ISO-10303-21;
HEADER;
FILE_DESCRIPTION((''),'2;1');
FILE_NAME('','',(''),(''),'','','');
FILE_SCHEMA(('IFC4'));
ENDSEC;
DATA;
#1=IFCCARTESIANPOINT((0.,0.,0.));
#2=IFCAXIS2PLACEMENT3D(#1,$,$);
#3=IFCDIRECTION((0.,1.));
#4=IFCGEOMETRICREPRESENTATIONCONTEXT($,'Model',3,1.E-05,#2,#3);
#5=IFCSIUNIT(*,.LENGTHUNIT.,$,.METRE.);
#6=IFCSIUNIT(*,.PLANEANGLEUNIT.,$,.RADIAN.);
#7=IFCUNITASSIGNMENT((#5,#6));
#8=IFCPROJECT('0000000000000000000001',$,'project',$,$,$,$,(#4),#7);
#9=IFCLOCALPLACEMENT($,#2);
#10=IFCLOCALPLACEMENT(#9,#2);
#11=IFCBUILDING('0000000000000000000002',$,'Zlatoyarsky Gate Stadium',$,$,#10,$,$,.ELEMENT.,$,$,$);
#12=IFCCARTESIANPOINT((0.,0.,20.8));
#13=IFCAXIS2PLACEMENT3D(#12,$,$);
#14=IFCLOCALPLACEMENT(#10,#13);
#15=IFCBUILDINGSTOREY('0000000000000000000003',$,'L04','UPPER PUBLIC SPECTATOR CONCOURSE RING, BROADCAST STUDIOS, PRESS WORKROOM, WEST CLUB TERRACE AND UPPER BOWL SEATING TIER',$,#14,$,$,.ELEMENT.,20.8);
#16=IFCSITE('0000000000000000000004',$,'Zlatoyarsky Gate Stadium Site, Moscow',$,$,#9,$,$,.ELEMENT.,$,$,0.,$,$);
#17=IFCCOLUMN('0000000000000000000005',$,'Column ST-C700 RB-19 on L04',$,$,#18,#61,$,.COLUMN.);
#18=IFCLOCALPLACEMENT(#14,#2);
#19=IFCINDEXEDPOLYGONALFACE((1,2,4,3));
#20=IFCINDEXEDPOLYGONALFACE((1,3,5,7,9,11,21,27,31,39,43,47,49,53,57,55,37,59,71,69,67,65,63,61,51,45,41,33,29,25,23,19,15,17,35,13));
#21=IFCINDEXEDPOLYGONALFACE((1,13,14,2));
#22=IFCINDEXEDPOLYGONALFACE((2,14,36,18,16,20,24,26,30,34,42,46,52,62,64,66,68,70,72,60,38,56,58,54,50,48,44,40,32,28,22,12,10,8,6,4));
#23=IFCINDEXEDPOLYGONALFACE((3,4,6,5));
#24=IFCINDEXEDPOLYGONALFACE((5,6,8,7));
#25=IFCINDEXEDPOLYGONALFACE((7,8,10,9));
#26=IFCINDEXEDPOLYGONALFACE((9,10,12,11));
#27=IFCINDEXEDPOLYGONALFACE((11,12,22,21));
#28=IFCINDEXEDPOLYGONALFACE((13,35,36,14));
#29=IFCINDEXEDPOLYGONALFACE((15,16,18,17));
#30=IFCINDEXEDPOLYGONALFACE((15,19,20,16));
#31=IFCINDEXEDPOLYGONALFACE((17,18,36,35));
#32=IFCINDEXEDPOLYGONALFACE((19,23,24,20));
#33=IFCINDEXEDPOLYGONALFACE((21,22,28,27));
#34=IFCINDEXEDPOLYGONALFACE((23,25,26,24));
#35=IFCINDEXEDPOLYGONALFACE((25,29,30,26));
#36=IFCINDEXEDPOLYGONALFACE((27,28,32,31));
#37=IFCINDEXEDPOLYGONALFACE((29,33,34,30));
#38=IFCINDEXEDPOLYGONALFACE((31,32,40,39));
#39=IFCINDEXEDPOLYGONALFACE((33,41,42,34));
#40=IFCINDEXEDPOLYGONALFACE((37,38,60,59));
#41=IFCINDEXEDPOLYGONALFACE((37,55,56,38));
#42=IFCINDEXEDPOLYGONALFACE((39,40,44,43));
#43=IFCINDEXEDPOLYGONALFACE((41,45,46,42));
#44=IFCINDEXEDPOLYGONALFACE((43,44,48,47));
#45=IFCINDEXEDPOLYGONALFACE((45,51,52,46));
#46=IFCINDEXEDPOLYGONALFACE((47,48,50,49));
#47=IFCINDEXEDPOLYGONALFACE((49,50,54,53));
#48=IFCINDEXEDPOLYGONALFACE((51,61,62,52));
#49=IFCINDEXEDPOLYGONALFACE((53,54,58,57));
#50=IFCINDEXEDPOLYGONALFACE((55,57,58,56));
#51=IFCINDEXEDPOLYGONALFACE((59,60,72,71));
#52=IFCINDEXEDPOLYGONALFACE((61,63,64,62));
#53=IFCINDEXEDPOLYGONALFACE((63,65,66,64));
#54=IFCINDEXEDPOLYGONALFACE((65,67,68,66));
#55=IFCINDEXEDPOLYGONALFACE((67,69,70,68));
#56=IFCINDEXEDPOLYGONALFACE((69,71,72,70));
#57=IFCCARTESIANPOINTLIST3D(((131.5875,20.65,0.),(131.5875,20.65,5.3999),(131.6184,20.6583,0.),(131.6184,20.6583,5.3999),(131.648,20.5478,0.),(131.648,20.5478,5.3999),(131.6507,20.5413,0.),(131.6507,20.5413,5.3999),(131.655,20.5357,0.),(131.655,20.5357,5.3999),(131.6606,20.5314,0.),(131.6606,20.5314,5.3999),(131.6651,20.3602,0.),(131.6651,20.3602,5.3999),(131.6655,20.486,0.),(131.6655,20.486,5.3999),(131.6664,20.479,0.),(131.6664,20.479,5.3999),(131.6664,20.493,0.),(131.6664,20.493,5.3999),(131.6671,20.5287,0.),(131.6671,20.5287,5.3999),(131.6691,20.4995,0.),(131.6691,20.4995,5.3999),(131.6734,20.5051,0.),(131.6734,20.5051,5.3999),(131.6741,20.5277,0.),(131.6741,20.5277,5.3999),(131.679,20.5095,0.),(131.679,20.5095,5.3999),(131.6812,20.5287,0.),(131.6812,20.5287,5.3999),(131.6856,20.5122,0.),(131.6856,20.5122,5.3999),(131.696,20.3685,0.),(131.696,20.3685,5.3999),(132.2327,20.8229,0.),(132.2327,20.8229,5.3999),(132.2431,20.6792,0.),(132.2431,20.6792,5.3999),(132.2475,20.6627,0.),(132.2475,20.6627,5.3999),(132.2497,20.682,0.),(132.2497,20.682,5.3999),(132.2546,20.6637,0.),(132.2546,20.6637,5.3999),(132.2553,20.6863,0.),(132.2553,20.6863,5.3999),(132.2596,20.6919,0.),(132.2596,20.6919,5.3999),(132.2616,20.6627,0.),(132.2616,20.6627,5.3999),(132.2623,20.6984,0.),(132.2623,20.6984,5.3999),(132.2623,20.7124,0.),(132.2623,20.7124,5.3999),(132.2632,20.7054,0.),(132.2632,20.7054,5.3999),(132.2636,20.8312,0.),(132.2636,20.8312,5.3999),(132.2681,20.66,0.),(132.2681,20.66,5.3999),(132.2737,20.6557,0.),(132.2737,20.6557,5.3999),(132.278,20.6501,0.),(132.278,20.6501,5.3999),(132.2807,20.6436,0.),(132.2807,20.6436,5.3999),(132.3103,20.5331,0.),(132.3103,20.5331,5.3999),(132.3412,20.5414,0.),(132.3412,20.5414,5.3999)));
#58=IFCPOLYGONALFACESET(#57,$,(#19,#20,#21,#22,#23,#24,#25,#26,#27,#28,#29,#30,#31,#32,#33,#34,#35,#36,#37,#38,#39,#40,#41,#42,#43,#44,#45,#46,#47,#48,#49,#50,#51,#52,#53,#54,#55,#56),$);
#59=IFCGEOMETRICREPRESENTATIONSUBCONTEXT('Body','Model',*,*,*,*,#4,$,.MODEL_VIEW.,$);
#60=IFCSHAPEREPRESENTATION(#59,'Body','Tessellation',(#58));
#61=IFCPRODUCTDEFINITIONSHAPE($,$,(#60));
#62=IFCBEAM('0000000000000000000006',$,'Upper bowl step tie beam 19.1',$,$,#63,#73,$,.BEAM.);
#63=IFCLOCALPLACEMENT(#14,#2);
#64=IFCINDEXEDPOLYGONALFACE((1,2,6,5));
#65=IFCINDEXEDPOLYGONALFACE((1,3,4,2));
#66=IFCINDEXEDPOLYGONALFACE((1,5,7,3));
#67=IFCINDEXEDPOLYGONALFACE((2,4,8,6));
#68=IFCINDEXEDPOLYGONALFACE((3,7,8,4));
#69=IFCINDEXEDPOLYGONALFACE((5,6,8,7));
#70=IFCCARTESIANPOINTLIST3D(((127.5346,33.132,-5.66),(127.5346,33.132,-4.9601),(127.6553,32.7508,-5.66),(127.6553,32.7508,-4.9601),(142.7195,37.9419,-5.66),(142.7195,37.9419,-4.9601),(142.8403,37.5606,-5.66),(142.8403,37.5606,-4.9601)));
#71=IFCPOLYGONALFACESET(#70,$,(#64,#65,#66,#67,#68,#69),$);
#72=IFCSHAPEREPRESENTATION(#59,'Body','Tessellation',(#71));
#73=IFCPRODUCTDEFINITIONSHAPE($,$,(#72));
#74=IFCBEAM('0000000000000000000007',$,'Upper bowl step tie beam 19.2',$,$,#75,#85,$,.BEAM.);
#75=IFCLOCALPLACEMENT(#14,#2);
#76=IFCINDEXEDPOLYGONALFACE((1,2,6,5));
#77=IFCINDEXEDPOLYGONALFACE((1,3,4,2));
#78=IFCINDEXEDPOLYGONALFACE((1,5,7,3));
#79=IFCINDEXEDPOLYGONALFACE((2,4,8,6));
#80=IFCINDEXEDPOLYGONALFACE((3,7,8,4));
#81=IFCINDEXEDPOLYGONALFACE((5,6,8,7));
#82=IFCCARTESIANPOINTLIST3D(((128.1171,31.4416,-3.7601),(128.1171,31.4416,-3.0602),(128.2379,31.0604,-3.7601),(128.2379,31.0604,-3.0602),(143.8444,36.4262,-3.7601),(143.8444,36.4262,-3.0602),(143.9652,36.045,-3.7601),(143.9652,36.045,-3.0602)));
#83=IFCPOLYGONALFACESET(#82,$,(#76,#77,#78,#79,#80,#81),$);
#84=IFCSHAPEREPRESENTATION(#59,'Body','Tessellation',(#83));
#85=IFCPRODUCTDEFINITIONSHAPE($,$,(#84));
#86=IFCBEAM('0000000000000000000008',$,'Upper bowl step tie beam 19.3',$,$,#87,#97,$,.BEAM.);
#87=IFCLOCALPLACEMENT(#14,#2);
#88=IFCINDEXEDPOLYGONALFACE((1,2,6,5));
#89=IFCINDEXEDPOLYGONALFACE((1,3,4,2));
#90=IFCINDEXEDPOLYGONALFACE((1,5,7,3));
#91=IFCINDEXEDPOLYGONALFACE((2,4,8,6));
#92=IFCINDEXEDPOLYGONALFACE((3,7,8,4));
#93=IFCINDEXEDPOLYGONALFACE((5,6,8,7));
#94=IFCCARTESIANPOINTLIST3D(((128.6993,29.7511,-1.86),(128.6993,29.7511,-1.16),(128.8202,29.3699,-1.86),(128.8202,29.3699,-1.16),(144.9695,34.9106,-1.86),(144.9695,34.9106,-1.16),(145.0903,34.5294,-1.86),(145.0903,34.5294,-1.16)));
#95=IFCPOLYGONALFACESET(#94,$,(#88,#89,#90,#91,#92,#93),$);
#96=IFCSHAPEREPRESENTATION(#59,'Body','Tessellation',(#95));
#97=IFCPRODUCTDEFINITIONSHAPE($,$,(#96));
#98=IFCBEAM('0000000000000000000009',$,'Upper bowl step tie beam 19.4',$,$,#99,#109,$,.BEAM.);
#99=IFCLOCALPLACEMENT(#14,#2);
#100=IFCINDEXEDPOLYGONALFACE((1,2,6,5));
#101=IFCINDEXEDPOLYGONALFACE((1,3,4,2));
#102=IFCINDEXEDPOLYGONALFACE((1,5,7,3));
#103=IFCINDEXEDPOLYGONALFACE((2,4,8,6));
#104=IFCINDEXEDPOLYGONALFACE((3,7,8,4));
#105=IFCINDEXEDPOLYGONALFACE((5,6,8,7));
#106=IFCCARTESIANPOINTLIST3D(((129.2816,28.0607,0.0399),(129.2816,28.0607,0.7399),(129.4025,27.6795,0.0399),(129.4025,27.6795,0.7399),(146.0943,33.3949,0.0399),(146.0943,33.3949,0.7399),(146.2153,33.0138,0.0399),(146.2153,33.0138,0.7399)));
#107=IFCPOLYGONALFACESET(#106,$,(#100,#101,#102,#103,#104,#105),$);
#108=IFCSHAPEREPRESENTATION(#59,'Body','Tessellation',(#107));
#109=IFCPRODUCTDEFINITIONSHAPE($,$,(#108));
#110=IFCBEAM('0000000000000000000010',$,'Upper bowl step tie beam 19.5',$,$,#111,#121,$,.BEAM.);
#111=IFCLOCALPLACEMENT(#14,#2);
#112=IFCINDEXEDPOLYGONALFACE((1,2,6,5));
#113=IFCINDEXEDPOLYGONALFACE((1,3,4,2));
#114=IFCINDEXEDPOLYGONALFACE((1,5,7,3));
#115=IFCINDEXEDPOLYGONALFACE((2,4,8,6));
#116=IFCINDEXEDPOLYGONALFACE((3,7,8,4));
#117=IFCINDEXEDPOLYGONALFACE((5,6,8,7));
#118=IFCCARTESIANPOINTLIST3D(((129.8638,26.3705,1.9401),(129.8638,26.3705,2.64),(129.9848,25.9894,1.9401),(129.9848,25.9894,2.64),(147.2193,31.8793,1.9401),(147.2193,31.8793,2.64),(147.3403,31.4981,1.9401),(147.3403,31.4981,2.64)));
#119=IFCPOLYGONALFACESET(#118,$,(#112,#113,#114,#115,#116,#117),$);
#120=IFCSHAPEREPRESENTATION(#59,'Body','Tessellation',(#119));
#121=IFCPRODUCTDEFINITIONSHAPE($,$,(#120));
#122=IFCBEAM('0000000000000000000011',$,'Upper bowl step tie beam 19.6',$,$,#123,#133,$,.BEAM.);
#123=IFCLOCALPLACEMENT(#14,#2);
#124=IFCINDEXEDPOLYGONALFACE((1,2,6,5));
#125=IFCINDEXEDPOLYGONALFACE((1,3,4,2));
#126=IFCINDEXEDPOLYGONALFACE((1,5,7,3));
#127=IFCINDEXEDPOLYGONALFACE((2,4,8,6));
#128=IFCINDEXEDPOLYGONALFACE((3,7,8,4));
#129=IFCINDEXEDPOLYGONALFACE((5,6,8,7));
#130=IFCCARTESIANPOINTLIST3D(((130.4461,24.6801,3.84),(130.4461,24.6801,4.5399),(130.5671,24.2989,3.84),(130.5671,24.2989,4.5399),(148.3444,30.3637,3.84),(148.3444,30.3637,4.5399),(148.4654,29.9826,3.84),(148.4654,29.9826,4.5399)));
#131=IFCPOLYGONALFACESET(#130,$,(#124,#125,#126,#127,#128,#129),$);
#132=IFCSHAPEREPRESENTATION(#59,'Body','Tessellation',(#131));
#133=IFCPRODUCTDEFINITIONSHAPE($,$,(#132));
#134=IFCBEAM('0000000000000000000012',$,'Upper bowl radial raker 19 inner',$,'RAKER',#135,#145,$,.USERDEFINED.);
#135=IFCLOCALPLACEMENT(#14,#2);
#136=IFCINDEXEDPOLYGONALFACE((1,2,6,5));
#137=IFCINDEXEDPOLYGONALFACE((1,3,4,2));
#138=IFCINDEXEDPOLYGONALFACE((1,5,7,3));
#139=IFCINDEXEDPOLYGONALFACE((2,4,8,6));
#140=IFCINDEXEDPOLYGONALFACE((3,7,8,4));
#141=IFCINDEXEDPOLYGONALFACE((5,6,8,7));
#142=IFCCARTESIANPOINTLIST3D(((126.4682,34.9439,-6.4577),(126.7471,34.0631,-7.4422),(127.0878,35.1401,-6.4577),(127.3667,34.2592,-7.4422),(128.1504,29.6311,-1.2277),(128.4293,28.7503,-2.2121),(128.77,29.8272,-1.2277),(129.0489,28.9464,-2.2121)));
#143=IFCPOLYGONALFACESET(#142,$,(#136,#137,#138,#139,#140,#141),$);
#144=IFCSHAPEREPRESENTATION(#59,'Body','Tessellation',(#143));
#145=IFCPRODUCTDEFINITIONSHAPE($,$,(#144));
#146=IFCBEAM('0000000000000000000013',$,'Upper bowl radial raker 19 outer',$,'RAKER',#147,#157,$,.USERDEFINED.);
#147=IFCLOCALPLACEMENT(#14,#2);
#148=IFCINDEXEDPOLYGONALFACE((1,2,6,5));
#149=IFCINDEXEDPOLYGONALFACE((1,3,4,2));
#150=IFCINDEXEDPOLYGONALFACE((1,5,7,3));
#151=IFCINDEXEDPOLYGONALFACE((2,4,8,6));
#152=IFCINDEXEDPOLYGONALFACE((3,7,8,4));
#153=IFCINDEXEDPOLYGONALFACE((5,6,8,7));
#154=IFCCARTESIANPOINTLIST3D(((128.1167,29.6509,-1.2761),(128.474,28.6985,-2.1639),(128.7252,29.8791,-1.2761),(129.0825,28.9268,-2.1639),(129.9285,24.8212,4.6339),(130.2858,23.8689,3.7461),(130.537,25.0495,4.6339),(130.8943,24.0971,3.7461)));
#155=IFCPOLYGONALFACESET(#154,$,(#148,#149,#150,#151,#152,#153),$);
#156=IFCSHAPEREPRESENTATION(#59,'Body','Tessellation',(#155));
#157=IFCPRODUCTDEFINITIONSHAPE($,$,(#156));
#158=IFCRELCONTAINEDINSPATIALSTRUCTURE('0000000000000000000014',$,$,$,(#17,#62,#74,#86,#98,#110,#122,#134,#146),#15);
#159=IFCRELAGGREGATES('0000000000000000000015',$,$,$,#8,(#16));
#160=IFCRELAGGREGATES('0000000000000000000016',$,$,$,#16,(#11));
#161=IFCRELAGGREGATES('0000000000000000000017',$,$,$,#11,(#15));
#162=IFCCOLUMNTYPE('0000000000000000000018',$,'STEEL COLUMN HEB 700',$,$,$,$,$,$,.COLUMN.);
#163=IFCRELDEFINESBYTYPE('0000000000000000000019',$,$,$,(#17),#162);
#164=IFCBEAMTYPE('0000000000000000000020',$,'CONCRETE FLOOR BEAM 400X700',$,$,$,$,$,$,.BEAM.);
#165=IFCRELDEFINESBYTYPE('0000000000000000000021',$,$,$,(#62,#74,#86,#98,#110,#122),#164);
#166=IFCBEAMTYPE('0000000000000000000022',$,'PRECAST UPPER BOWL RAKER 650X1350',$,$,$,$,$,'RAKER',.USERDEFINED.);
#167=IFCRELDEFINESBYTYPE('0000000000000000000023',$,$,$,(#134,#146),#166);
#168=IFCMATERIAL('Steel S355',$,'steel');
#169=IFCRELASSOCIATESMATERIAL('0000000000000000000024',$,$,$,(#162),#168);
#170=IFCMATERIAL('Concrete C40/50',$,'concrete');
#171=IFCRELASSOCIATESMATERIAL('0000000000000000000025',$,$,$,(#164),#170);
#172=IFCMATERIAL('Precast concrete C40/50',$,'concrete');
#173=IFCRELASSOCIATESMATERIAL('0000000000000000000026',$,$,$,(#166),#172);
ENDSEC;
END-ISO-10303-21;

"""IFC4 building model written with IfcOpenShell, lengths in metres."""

from ifc_helpers import new_model, si_unit, direction, frame, origin, origin_2d, place, context, subcontext, project, spatial, rectangle, i_section, extrude, material, material_profile, profile_set, type_object, element, save


model = new_model("IFC4")

# Units and contexts
model_context = context("Model", 3, precision=1e-05, world=origin(), true_north=direction((0.0, 1.0)))
body_context = subcontext(model_context, "Body", "Model", "MODEL_VIEW")
ifc_project = project(units=[si_unit("LENGTHUNIT", "METRE"), si_unit("PLANEANGLEUNIT", "RADIAN")], contexts=[model_context])

# Site, building, storey
site_placement = place(None, origin())
site = spatial("IfcSite", under=ifc_project, at=site_placement, Name="Zlatoyarsky Gate Stadium Site, Moscow", CompositionType="ELEMENT", RefElevation=0.0)
building_placement = place(site_placement, origin())
building = spatial("IfcBuilding", under=site, at=building_placement, Name="Zlatoyarsky Gate Stadium", CompositionType="ELEMENT")
storey_placement = place(building_placement, frame((0.0, 0.0, 20.8)))
storey = spatial("IfcBuildingStorey", under=building, at=storey_placement, Name="L04", Description="UPPER PUBLIC SPECTATOR CONCOURSE RING, BROADCAST STUDIOS, PRESS WORKROOM, WEST CLUB TERRACE AND UPPER BOWL SEATING TIER", CompositionType="ELEMENT", Elevation=20.8)

# Column
ifc_material_1 = material(Name="Steel S355", Category="steel")
ifc_material_profile_1 = material_profile(ifc_material_1, i_section(OverallWidth=0.3, OverallDepth=0.7, WebThickness=0.0171, FlangeThickness=0.032, FilletRadius=0.0271, at=origin_2d()), Name="HEB 700")
ifc_profile_set_1 = profile_set([ifc_material_profile_1], Name="Steel S355")
column_type = type_object("IfcColumnType", Name="STEEL COLUMN HEB 700", PredefinedType="COLUMN", material=ifc_profile_set_1)
column_placement = place(storey_placement, frame((131.9644, 20.5957, 0.0), z_axis=(0.0, 0.0, 1.0), x_axis=(0.258819, -0.965926, 0.0)))
element("IfcColumn", 1, at=column_placement, inside=storey, type_object=column_type, Name="Column ST-C700 RB-19 on L04", PredefinedType="COLUMN", context=body_context, shape_type="SweptSolid", body=[
    extrude(i_section(OverallWidth=0.3, OverallDepth=0.7, WebThickness=0.0171, FlangeThickness=0.032, FilletRadius=0.0271, at=origin_2d()), origin(), (0.0, 0.0, 1.0), 5.3999),
])

# Beams
ifc_material_2 = material(Name="Concrete C40/50", Category="concrete")
ifc_material_profile_2 = material_profile(ifc_material_2, rectangle(XDim=0.3999, YDim=0.7, at=origin_2d()), Name="RC BEAM 400X700")
ifc_profile_set_2 = profile_set([ifc_material_profile_2], Name="Concrete C40/50")
beam_type_1 = type_object("IfcBeamType", Name="CONCRETE FLOOR BEAM 400X700", PredefinedType="BEAM", material=ifc_profile_set_2)
beam_1_placement = place(storey_placement, frame((127.595, 32.9414, -5.3101), z_axis=(0.953319, 0.301965, 0.0), x_axis=(-0.301965, 0.953319, 0.0)))
element("IfcBeam", 2, at=beam_1_placement, inside=storey, type_object=beam_type_1, Name="Upper bowl step tie beam 19.1", PredefinedType="BEAM", context=body_context, shape_type="SweptSolid", body=[
    extrude(rectangle(XDim=0.3999, YDim=0.7, at=origin_2d()), origin(), (0.0, 0.0, 1.0), 15.9285),
])
beam_2_placement = place(storey_placement, frame((128.1775, 31.251, -3.4102), z_axis=(0.953267, 0.302129, 0.0), x_axis=(-0.302129, 0.953267, 0.0)))
element("IfcBeam", 3, at=beam_2_placement, inside=storey, type_object=beam_type_1, Name="Upper bowl step tie beam 19.2", PredefinedType="BEAM", context=body_context, shape_type="SweptSolid", body=[
    extrude(rectangle(XDim=0.3999, YDim=0.7, at=origin_2d()), origin(), (0.0, 0.0, 1.0), 16.4983),
])
beam_3_placement = place(storey_placement, frame((128.7598, 29.5605, -1.51), z_axis=(0.95322, 0.302278, 0.0), x_axis=(-0.302278, 0.95322, 0.0)))
element("IfcBeam", 4, at=beam_3_placement, inside=storey, type_object=beam_type_1, Name="Upper bowl step tie beam 19.3", PredefinedType="BEAM", context=body_context, shape_type="SweptSolid", body=[
    extrude(rectangle(XDim=0.3999, YDim=0.7, at=origin_2d()), origin(), (0.0, 0.0, 1.0), 17.0686),
])
beam_4_placement = place(storey_placement, frame((129.342, 27.8701, 0.3899), z_axis=(0.953176, 0.302417, 0.0), x_axis=(-0.302417, 0.953176, 0.0)))
element("IfcBeam", 5, at=beam_4_placement, inside=storey, type_object=beam_type_1, Name="Upper bowl step tie beam 19.4", PredefinedType="BEAM", context=body_context, shape_type="SweptSolid", body=[
    extrude(rectangle(XDim=0.3999, YDim=0.7, at=origin_2d()), origin(), (0.0, 0.0, 1.0), 17.6387),
])
beam_5_placement = place(storey_placement, frame((129.9243, 26.1799, 2.29), z_axis=(0.953138, 0.302535, 0.0), x_axis=(-0.302535, 0.953138, 0.0)))
element("IfcBeam", 6, at=beam_5_placement, inside=storey, type_object=beam_type_1, Name="Upper bowl step tie beam 19.5", PredefinedType="BEAM", context=body_context, shape_type="SweptSolid", body=[
    extrude(rectangle(XDim=0.3999, YDim=0.7, at=origin_2d()), origin(), (0.0, 0.0, 1.0), 18.2087),
])
beam_6_placement = place(storey_placement, frame((130.5066, 24.4895, 4.1899), z_axis=(0.953099, 0.302658, 0.0), x_axis=(-0.302658, 0.953099, 0.0)))
element("IfcBeam", 7, at=beam_6_placement, inside=storey, type_object=beam_type_1, Name="Upper bowl step tie beam 19.6", PredefinedType="BEAM", context=body_context, shape_type="SweptSolid", body=[
    extrude(rectangle(XDim=0.3999, YDim=0.7, at=origin_2d()), origin(), (0.0, 0.0, 1.0), 18.7791),
])
ifc_material_3 = material(Name="Precast concrete C40/50", Category="concrete")
ifc_material_profile_3 = material_profile(ifc_material_3, rectangle(XDim=0.6499, YDim=1.3501, at=origin_2d()), Name="PC RAKER 650X1350")
ifc_profile_set_3 = profile_set([ifc_material_profile_3], Name="Precast concrete C40/50")
beam_type_2 = type_object("IfcBeamType", Name="PRECAST UPPER BOWL RAKER 650X1350", ElementType="RAKER", PredefinedType="USERDEFINED", material=ifc_profile_set_3)
beam_7_placement = place(storey_placement, frame((126.9175, 34.6016, -6.95), z_axis=(0.220102, -0.69516, 0.68433), x_axis=(0.953355, 0.301853, 0.0)))
element("IfcBeam", 8, at=beam_7_placement, inside=storey, type_object=beam_type_2, Name="Upper bowl radial raker 19 inner", ObjectType="RAKER", PredefinedType="USERDEFINED", context=body_context, shape_type="SweptSolid", body=[
    extrude(rectangle(XDim=0.6499, YDim=1.3501, at=origin_2d()), origin(), (0.0, 0.0, 1.0), 7.6426),
])
beam_8_placement = place(storey_placement, frame((128.5996, 29.2888, -1.72), z_axis=(0.230963, -0.615674, 0.753393), x_axis=(0.936286, 0.351238, 0.0)))
element("IfcBeam", 9, at=beam_8_placement, inside=storey, type_object=beam_type_2, Name="Upper bowl radial raker 19 outer", ObjectType="RAKER", PredefinedType="USERDEFINED", context=body_context, shape_type="SweptSolid", body=[
    extrude(rectangle(XDim=0.6499, YDim=1.3501, at=origin_2d()), origin(), (0.0, 0.0, 1.0), 7.8445),
])

save(model, "model.ifc")
